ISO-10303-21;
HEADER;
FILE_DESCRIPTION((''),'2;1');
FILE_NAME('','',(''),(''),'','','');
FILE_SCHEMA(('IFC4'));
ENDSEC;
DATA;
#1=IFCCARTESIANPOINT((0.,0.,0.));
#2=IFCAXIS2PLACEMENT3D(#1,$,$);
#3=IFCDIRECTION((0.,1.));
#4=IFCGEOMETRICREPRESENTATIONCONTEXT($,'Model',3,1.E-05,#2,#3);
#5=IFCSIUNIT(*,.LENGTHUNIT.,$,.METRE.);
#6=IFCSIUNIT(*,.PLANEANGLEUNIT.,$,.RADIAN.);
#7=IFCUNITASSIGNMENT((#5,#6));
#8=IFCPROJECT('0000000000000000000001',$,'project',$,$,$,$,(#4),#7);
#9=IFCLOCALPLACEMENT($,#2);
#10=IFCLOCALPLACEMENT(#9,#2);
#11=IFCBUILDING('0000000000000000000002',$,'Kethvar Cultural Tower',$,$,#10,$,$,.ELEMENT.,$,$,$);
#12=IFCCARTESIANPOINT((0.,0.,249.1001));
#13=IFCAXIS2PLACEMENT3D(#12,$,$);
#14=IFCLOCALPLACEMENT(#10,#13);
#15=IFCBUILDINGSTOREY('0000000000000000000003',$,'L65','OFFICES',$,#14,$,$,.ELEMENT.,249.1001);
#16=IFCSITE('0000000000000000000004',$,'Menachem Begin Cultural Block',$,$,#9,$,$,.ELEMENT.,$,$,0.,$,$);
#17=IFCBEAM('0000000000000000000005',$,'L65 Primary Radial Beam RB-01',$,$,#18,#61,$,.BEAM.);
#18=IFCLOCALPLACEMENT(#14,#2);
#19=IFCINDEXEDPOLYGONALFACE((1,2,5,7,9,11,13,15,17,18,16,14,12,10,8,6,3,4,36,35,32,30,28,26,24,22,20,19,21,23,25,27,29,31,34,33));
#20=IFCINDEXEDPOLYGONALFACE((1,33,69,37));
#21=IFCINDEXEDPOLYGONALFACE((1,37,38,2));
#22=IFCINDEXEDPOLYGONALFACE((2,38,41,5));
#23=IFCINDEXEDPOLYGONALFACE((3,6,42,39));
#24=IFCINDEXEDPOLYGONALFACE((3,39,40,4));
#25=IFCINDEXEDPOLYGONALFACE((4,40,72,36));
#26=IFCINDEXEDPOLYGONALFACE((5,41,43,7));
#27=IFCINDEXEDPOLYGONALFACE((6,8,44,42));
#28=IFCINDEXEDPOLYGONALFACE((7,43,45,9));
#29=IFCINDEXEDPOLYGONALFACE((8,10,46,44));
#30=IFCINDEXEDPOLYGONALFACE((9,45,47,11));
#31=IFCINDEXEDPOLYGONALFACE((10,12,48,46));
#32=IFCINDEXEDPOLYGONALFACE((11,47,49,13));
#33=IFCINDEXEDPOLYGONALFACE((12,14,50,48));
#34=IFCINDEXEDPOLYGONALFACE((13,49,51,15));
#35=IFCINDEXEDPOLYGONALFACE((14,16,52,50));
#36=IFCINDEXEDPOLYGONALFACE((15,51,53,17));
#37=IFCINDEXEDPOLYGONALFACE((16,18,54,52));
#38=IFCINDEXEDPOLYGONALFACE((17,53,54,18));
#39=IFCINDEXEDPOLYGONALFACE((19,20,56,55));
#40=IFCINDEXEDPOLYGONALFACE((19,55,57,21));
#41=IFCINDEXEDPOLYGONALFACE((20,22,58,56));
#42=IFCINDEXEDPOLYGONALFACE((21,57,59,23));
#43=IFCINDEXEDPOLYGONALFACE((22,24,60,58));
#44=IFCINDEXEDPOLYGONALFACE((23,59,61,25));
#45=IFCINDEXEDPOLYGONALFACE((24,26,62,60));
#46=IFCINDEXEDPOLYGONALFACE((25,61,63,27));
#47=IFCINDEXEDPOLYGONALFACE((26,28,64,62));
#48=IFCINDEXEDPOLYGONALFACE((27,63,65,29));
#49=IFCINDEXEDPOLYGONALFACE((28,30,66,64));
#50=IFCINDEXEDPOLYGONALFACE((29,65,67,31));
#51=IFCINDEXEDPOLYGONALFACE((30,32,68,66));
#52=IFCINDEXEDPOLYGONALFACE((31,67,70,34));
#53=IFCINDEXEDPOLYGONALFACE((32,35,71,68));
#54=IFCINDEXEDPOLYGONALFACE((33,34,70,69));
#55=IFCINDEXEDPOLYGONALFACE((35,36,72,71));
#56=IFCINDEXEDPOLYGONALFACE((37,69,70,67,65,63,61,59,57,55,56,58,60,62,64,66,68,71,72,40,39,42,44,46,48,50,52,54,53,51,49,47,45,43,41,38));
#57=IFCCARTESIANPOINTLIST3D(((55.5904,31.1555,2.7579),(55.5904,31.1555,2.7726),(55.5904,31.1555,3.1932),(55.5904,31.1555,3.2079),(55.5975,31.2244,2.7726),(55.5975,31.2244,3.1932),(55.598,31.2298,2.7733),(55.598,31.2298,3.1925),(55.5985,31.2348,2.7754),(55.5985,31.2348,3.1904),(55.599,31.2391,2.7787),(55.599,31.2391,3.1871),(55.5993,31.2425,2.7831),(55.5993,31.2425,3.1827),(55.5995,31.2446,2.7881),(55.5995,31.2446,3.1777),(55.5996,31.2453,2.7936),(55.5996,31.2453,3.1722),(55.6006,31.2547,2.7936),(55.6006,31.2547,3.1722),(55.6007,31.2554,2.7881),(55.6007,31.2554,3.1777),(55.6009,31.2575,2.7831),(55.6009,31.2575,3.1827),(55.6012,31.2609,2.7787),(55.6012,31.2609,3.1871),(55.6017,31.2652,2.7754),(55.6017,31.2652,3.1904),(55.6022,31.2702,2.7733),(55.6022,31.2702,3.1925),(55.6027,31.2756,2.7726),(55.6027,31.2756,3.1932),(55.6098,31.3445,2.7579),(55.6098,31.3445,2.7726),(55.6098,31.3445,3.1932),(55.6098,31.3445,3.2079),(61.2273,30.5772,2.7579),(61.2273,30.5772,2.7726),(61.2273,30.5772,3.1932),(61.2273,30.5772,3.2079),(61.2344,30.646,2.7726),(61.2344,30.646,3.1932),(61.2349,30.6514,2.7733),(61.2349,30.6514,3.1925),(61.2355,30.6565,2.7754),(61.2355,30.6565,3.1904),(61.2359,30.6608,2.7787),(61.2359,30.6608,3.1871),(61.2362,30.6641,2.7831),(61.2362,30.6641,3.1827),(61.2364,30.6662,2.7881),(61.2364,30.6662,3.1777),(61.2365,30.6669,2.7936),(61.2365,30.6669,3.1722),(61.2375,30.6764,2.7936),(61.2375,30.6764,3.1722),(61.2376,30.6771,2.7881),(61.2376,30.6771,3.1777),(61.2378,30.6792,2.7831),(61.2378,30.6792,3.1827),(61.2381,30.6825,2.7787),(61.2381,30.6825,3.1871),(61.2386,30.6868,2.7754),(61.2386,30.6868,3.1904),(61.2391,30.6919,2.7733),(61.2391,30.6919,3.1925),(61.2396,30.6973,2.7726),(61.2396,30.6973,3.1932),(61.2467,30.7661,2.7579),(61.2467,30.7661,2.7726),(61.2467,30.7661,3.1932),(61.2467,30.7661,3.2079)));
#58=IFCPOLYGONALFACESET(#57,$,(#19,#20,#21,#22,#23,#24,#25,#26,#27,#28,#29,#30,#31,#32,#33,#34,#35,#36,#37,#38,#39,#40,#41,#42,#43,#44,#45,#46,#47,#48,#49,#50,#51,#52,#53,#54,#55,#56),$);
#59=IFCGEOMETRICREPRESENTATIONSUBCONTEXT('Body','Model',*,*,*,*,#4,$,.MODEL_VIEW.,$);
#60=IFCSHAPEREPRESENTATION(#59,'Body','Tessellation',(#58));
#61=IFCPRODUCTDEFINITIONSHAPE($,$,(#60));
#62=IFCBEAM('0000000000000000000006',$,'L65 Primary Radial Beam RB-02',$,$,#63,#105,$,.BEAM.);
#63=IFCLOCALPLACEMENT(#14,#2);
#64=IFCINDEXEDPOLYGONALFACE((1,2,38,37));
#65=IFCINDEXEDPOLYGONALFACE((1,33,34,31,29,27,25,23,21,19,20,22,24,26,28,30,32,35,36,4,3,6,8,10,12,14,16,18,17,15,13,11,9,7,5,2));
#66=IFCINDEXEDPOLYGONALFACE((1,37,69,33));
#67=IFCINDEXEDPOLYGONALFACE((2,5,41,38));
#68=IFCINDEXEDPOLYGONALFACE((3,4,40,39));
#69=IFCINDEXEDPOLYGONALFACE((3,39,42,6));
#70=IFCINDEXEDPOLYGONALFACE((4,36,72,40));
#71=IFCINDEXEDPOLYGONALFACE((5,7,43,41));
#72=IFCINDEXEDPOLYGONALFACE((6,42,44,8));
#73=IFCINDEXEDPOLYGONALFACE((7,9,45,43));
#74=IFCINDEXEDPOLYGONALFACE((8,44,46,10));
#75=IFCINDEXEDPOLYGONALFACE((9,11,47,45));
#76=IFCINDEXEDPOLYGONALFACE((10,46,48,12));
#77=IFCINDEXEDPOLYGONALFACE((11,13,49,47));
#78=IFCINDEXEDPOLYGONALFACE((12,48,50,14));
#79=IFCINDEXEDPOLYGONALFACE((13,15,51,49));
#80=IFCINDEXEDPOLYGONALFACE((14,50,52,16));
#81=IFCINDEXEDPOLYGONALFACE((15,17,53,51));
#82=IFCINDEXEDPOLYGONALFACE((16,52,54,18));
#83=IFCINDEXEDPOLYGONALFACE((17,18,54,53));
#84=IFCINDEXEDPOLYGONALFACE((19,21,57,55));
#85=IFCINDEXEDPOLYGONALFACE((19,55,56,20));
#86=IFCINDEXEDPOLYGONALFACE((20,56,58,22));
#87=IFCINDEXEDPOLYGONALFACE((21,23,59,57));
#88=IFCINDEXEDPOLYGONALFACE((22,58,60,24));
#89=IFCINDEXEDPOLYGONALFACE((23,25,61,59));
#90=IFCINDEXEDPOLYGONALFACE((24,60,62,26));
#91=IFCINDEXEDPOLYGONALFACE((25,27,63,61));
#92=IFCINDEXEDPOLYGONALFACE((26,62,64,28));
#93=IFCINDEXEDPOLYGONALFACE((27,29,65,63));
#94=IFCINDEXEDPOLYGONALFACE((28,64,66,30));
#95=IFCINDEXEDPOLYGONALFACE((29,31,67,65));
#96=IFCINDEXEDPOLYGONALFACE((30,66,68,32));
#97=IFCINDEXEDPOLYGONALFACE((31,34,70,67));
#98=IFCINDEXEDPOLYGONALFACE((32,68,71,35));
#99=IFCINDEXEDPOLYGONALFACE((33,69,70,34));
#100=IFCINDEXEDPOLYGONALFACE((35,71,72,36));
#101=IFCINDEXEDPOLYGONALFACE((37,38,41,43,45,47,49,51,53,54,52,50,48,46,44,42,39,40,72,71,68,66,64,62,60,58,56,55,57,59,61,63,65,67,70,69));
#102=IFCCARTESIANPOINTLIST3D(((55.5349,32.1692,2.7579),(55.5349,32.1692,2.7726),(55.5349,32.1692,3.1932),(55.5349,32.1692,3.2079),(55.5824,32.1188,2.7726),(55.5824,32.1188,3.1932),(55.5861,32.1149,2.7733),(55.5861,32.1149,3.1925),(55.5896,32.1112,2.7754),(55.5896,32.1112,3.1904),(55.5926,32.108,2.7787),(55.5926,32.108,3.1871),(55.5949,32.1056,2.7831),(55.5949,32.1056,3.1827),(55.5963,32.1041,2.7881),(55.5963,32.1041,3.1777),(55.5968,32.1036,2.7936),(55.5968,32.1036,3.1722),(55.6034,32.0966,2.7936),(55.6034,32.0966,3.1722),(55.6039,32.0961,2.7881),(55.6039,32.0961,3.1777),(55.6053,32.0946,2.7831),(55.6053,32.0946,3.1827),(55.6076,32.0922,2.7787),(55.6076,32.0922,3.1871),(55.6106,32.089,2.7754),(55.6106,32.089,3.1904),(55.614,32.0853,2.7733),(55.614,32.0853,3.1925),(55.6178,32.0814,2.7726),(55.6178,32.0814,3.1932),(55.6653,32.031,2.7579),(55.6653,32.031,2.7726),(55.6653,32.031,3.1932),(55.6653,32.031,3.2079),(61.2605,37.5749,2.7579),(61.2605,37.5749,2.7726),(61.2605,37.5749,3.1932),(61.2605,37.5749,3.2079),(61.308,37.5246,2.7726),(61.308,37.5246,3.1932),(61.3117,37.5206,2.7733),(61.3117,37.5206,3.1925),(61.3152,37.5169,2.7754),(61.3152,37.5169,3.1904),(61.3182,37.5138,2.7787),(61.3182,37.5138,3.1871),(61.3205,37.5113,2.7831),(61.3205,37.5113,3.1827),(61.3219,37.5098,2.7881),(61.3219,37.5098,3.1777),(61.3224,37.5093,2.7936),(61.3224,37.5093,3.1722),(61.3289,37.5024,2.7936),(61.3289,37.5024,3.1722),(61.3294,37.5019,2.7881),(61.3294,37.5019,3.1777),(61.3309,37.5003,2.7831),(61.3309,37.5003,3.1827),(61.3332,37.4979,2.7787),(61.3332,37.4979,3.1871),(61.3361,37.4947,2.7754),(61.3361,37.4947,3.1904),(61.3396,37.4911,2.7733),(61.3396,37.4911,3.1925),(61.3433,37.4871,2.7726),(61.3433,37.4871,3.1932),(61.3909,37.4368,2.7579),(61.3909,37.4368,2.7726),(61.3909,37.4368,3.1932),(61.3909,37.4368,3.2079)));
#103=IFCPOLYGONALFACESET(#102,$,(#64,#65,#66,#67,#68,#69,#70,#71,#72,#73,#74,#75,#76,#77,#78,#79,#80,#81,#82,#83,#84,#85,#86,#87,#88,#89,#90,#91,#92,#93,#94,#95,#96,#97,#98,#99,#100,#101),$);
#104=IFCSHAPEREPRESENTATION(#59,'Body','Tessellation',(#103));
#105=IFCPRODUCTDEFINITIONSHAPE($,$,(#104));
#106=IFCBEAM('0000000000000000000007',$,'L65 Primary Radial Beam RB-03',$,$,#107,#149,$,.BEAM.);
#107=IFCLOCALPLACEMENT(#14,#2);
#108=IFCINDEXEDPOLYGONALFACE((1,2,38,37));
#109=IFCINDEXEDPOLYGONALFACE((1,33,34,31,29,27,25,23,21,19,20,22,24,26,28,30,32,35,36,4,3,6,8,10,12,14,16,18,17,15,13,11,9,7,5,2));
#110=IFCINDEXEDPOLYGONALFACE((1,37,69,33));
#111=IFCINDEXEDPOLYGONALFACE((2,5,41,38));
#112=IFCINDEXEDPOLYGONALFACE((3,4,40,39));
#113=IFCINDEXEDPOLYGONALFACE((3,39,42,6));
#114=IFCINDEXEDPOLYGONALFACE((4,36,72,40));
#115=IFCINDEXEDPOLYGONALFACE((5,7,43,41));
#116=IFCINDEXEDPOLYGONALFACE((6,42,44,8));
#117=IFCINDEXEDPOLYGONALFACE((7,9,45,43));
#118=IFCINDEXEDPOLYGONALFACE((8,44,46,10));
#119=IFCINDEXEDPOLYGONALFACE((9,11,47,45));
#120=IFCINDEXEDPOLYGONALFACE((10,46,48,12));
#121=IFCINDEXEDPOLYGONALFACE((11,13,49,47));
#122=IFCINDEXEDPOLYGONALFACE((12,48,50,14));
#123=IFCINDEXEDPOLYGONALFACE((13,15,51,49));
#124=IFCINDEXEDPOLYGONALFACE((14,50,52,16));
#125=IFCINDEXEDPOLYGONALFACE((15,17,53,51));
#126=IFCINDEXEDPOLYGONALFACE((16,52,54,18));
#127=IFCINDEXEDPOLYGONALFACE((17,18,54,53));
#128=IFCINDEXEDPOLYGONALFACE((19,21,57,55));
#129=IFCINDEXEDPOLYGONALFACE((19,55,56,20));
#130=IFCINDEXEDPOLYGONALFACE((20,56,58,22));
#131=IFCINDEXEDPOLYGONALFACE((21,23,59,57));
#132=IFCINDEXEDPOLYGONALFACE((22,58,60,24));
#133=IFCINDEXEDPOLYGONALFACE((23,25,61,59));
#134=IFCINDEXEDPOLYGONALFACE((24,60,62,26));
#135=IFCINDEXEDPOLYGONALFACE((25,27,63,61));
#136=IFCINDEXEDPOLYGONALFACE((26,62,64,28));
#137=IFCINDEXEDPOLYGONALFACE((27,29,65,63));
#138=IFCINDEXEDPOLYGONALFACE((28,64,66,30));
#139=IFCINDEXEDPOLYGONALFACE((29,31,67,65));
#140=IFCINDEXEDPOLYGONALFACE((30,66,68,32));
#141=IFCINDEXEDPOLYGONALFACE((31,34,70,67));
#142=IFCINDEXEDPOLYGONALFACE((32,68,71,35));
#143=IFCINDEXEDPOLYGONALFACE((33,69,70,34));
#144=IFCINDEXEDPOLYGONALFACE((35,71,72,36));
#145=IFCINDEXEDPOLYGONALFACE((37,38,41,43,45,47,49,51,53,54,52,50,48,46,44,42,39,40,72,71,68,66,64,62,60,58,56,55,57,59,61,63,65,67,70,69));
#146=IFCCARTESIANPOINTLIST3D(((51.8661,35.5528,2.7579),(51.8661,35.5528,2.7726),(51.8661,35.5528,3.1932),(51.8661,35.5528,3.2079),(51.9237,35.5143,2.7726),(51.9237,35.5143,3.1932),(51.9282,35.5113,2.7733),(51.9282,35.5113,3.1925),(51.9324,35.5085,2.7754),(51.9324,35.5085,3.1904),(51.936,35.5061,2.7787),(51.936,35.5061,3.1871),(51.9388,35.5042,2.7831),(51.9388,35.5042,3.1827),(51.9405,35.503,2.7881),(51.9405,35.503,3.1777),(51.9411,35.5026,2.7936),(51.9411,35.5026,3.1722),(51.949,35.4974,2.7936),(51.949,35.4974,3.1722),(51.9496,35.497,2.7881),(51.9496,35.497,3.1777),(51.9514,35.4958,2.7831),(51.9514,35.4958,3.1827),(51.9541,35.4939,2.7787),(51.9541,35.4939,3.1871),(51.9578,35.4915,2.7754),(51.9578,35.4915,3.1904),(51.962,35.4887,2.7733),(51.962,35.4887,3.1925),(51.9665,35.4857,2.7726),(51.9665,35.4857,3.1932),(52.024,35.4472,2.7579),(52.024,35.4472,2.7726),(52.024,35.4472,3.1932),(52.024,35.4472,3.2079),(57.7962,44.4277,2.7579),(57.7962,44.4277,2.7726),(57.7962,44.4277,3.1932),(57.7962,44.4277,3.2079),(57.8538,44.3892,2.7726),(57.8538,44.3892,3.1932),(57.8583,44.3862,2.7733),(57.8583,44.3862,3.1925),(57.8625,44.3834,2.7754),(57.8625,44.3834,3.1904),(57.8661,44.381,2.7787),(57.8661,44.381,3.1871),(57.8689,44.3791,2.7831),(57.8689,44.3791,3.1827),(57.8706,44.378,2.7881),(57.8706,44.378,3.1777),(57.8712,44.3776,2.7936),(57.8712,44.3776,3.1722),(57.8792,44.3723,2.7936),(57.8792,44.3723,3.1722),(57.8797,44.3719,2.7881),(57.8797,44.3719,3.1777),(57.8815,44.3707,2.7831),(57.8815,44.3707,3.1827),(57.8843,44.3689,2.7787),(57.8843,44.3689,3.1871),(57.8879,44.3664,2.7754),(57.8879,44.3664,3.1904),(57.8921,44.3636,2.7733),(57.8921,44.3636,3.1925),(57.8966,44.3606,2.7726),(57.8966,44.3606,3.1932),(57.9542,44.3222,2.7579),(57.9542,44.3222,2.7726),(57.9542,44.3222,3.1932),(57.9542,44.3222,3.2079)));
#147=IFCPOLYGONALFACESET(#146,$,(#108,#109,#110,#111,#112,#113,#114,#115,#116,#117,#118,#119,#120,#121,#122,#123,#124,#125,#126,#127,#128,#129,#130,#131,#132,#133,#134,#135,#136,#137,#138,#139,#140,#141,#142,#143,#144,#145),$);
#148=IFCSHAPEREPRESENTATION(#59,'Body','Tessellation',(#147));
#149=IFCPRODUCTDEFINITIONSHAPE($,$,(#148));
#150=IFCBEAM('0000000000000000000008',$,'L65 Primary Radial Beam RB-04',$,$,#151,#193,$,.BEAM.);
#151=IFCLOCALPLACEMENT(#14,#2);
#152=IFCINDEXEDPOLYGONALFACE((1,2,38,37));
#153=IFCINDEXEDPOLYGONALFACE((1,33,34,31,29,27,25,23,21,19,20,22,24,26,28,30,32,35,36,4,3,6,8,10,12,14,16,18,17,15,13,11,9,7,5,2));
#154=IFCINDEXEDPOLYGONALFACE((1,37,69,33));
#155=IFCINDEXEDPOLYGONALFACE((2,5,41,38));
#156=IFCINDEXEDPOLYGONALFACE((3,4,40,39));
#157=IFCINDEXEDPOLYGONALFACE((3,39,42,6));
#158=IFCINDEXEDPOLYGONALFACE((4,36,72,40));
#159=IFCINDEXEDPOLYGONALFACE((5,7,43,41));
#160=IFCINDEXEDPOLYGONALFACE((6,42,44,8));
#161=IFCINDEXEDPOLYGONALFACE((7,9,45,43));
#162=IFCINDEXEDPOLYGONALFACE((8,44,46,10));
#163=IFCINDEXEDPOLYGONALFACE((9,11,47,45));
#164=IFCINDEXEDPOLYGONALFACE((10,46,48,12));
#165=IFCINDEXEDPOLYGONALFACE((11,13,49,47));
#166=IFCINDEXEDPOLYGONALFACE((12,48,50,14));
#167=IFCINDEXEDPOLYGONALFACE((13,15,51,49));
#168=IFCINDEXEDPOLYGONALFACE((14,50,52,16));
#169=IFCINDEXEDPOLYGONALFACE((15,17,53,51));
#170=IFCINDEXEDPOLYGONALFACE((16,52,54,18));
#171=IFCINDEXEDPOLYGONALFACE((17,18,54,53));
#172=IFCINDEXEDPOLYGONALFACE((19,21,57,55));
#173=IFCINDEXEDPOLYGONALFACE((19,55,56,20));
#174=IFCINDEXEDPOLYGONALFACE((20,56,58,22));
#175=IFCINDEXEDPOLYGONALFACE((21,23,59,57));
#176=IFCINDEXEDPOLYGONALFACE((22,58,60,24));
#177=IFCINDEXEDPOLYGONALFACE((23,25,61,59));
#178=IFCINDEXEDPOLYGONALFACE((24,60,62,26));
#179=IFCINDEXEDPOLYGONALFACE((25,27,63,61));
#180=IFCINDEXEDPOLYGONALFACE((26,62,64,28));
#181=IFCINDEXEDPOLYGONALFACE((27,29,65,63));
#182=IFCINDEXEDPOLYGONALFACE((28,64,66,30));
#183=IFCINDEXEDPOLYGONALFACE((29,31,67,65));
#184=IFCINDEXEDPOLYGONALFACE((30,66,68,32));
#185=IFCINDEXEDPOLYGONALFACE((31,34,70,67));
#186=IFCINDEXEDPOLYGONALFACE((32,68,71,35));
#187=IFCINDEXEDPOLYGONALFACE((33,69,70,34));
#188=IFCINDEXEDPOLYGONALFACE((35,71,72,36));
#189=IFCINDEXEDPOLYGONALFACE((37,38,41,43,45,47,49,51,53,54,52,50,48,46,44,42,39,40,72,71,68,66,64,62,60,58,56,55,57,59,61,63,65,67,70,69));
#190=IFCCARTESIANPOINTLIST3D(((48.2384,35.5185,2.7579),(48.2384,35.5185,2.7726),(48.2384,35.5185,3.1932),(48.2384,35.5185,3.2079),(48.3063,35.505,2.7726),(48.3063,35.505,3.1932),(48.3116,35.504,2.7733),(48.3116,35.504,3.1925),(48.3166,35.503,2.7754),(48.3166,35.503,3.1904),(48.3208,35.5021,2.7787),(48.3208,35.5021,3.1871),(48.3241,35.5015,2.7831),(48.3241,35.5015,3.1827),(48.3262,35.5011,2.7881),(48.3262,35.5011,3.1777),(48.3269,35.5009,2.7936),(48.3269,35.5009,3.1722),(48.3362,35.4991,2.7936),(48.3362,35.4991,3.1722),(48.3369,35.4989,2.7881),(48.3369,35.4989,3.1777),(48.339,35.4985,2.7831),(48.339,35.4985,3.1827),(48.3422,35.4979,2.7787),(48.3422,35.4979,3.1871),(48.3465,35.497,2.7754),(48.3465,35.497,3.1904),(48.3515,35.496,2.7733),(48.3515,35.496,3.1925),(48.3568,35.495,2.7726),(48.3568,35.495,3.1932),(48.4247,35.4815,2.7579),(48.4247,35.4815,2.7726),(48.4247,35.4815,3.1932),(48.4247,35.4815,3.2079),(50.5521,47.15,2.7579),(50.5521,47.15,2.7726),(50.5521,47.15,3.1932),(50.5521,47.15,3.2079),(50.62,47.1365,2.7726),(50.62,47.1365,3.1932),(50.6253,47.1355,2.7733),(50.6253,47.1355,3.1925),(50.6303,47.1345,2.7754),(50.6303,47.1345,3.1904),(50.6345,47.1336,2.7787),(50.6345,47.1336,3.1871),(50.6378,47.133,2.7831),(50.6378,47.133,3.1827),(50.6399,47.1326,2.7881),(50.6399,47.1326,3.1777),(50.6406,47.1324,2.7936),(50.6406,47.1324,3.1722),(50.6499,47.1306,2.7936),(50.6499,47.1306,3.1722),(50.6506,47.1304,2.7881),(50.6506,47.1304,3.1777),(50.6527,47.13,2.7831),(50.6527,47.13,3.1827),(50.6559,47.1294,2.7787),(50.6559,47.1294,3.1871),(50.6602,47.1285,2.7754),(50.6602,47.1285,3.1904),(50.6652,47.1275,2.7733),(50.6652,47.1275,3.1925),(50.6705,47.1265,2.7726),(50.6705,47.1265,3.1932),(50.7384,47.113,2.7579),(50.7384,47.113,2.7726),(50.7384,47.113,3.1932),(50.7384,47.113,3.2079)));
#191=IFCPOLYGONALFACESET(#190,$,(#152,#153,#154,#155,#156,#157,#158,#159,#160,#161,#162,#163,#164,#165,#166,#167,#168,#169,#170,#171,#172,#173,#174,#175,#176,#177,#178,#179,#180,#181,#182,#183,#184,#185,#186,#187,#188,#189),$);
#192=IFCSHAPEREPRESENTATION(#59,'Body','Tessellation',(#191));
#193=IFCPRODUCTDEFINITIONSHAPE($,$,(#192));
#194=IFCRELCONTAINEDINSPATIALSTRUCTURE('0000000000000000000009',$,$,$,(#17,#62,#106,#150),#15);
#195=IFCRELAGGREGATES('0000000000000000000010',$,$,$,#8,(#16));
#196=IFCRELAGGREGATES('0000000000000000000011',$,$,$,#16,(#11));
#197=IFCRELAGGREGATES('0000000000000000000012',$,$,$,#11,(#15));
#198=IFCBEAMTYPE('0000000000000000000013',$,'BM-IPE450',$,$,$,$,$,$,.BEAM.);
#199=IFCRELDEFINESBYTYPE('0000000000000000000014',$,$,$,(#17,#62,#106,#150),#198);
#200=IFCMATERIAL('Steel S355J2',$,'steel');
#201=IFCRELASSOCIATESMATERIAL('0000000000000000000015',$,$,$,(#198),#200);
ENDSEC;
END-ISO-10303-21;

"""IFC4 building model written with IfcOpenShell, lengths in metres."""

from ifc_helpers import new_model, si_unit, direction, frame, origin, origin_2d, place, context, subcontext, project, spatial, i_section, extrude, source, transform, mapped, material, material_profile, profile_set, type_object, element, save


model = new_model("IFC4")

# Units and contexts
model_context = context("Model", 3, precision=1e-05, world=origin(), true_north=direction((0.0, 1.0)))
body_context = subcontext(model_context, "Body", "Model", "MODEL_VIEW")
ifc_project = project(units=[si_unit("LENGTHUNIT", "METRE"), si_unit("PLANEANGLEUNIT", "RADIAN")], contexts=[model_context])

# Site, building, storey
site_placement = place(None, origin())
site = spatial("IfcSite", under=ifc_project, at=site_placement, Name="Menachem Begin Cultural Block", CompositionType="ELEMENT", RefElevation=0.0)
building_placement = place(site_placement, origin())
building = spatial("IfcBuilding", under=site, at=building_placement, Name="Kethvar Cultural Tower", CompositionType="ELEMENT")
storey_placement = place(building_placement, frame((0.0, 0.0, 249.1001)))
storey = spatial("IfcBuildingStorey", under=building, at=storey_placement, Name="L65", Description="OFFICES", CompositionType="ELEMENT", Elevation=249.1001)

# Beams
ifc_material_1 = material(Name="Steel S355J2", Category="steel")
ifc_material_profile_1 = material_profile(ifc_material_1, i_section(OverallWidth=0.1899, OverallDepth=0.45, WebThickness=0.0095, FlangeThickness=0.0146, FilletRadius=0.021, at=origin_2d()), Name="Steel S355J2 — IPE450")
ifc_profile_set_1 = profile_set([ifc_material_profile_1], Name="Steel S355J2 — IPE450")
beam_type_1 = type_object("IfcBeamType", Name="BM-IPE450", PredefinedType="BEAM", material=ifc_profile_set_1)
shared_shape_1 = source(origin(), body_context, "Body", "SweptSolid", [
    extrude(i_section(OverallWidth=0.1899, OverallDepth=0.45, WebThickness=0.0095, FlangeThickness=0.0146, FilletRadius=0.021, at=origin_2d()), origin(), (0.0, 0.0, 1.0), 5.6665),
])
beam_1_placement = place(storey_placement, frame((55.6001, 31.25, 2.9829), z_axis=(0.994778, -0.102067, 0.0), x_axis=(0.102067, 0.994778, 0.0)))
element("IfcBeam", 1, at=beam_1_placement, inside=storey, type_object=beam_type_1, Name="L65 Primary Radial Beam RB-01", PredefinedType="BEAM", context=body_context, shape_type="MappedRepresentation", body=[
    mapped(shared_shape_1, transform((0.0, 0.0, 0.0), scale=1.0)),
])
shared_shape_2 = source(origin(), body_context, "Body", "SweptSolid", [
    extrude(i_section(OverallWidth=0.1899, OverallDepth=0.45, WebThickness=0.0095, FlangeThickness=0.0146, FilletRadius=0.021, at=origin_2d()), origin(), (0.0, 0.0, 1.0), 7.8743),
])
beam_2_placement = place(storey_placement, frame((55.6001, 32.1001, 2.9829), z_axis=(0.727123, 0.686507, 0.0), x_axis=(-0.686507, 0.727123, 0.0)))
element("IfcBeam", 2, at=beam_2_placement, inside=storey, type_object=beam_type_1, Name="L65 Primary Radial Beam RB-02", PredefinedType="BEAM", context=body_context, shape_type="MappedRepresentation", body=[
    mapped(shared_shape_2, transform((0.0, 0.0, 0.0), scale=1.0)),
])
shared_shape_3 = source(origin(), body_context, "Body", "SweptSolid", [
    extrude(i_section(OverallWidth=0.1899, OverallDepth=0.45, WebThickness=0.0095, FlangeThickness=0.0146, FilletRadius=0.021, at=origin_2d()), origin(), (0.0, 0.0, 1.0), 10.6738),
])
beam_3_placement = place(storey_placement, frame((51.9451, 35.5, 2.9829), z_axis=(0.555576, 0.831466, 0.0), x_axis=(-0.831466, 0.555576, 0.0)))
element("IfcBeam", 3, at=beam_3_placement, inside=storey, type_object=beam_type_1, Name="L65 Primary Radial Beam RB-03", PredefinedType="BEAM", context=body_context, shape_type="MappedRepresentation", body=[
    mapped(shared_shape_3, transform((0.0, 0.0, 0.0), scale=1.0)),
])
shared_shape_4 = source(origin(), body_context, "Body", "SweptSolid", [
    extrude(i_section(OverallWidth=0.1899, OverallDepth=0.45, WebThickness=0.0095, FlangeThickness=0.0146, FilletRadius=0.021, at=origin_2d()), origin(), (0.0, 0.0, 1.0), 11.8594),
])
beam_4_placement = place(storey_placement, frame((48.3315, 35.5, 2.9829), z_axis=(0.195095, 0.980784, 0.0), x_axis=(-0.980784, 0.195095, 0.0)))
element("IfcBeam", 4, at=beam_4_placement, inside=storey, type_object=beam_type_1, Name="L65 Primary Radial Beam RB-04", PredefinedType="BEAM", context=body_context, shape_type="MappedRepresentation", body=[
    mapped(shared_shape_4, transform((0.0, 0.0, 0.0), scale=1.0)),
])

save(model, "model.ifc")
